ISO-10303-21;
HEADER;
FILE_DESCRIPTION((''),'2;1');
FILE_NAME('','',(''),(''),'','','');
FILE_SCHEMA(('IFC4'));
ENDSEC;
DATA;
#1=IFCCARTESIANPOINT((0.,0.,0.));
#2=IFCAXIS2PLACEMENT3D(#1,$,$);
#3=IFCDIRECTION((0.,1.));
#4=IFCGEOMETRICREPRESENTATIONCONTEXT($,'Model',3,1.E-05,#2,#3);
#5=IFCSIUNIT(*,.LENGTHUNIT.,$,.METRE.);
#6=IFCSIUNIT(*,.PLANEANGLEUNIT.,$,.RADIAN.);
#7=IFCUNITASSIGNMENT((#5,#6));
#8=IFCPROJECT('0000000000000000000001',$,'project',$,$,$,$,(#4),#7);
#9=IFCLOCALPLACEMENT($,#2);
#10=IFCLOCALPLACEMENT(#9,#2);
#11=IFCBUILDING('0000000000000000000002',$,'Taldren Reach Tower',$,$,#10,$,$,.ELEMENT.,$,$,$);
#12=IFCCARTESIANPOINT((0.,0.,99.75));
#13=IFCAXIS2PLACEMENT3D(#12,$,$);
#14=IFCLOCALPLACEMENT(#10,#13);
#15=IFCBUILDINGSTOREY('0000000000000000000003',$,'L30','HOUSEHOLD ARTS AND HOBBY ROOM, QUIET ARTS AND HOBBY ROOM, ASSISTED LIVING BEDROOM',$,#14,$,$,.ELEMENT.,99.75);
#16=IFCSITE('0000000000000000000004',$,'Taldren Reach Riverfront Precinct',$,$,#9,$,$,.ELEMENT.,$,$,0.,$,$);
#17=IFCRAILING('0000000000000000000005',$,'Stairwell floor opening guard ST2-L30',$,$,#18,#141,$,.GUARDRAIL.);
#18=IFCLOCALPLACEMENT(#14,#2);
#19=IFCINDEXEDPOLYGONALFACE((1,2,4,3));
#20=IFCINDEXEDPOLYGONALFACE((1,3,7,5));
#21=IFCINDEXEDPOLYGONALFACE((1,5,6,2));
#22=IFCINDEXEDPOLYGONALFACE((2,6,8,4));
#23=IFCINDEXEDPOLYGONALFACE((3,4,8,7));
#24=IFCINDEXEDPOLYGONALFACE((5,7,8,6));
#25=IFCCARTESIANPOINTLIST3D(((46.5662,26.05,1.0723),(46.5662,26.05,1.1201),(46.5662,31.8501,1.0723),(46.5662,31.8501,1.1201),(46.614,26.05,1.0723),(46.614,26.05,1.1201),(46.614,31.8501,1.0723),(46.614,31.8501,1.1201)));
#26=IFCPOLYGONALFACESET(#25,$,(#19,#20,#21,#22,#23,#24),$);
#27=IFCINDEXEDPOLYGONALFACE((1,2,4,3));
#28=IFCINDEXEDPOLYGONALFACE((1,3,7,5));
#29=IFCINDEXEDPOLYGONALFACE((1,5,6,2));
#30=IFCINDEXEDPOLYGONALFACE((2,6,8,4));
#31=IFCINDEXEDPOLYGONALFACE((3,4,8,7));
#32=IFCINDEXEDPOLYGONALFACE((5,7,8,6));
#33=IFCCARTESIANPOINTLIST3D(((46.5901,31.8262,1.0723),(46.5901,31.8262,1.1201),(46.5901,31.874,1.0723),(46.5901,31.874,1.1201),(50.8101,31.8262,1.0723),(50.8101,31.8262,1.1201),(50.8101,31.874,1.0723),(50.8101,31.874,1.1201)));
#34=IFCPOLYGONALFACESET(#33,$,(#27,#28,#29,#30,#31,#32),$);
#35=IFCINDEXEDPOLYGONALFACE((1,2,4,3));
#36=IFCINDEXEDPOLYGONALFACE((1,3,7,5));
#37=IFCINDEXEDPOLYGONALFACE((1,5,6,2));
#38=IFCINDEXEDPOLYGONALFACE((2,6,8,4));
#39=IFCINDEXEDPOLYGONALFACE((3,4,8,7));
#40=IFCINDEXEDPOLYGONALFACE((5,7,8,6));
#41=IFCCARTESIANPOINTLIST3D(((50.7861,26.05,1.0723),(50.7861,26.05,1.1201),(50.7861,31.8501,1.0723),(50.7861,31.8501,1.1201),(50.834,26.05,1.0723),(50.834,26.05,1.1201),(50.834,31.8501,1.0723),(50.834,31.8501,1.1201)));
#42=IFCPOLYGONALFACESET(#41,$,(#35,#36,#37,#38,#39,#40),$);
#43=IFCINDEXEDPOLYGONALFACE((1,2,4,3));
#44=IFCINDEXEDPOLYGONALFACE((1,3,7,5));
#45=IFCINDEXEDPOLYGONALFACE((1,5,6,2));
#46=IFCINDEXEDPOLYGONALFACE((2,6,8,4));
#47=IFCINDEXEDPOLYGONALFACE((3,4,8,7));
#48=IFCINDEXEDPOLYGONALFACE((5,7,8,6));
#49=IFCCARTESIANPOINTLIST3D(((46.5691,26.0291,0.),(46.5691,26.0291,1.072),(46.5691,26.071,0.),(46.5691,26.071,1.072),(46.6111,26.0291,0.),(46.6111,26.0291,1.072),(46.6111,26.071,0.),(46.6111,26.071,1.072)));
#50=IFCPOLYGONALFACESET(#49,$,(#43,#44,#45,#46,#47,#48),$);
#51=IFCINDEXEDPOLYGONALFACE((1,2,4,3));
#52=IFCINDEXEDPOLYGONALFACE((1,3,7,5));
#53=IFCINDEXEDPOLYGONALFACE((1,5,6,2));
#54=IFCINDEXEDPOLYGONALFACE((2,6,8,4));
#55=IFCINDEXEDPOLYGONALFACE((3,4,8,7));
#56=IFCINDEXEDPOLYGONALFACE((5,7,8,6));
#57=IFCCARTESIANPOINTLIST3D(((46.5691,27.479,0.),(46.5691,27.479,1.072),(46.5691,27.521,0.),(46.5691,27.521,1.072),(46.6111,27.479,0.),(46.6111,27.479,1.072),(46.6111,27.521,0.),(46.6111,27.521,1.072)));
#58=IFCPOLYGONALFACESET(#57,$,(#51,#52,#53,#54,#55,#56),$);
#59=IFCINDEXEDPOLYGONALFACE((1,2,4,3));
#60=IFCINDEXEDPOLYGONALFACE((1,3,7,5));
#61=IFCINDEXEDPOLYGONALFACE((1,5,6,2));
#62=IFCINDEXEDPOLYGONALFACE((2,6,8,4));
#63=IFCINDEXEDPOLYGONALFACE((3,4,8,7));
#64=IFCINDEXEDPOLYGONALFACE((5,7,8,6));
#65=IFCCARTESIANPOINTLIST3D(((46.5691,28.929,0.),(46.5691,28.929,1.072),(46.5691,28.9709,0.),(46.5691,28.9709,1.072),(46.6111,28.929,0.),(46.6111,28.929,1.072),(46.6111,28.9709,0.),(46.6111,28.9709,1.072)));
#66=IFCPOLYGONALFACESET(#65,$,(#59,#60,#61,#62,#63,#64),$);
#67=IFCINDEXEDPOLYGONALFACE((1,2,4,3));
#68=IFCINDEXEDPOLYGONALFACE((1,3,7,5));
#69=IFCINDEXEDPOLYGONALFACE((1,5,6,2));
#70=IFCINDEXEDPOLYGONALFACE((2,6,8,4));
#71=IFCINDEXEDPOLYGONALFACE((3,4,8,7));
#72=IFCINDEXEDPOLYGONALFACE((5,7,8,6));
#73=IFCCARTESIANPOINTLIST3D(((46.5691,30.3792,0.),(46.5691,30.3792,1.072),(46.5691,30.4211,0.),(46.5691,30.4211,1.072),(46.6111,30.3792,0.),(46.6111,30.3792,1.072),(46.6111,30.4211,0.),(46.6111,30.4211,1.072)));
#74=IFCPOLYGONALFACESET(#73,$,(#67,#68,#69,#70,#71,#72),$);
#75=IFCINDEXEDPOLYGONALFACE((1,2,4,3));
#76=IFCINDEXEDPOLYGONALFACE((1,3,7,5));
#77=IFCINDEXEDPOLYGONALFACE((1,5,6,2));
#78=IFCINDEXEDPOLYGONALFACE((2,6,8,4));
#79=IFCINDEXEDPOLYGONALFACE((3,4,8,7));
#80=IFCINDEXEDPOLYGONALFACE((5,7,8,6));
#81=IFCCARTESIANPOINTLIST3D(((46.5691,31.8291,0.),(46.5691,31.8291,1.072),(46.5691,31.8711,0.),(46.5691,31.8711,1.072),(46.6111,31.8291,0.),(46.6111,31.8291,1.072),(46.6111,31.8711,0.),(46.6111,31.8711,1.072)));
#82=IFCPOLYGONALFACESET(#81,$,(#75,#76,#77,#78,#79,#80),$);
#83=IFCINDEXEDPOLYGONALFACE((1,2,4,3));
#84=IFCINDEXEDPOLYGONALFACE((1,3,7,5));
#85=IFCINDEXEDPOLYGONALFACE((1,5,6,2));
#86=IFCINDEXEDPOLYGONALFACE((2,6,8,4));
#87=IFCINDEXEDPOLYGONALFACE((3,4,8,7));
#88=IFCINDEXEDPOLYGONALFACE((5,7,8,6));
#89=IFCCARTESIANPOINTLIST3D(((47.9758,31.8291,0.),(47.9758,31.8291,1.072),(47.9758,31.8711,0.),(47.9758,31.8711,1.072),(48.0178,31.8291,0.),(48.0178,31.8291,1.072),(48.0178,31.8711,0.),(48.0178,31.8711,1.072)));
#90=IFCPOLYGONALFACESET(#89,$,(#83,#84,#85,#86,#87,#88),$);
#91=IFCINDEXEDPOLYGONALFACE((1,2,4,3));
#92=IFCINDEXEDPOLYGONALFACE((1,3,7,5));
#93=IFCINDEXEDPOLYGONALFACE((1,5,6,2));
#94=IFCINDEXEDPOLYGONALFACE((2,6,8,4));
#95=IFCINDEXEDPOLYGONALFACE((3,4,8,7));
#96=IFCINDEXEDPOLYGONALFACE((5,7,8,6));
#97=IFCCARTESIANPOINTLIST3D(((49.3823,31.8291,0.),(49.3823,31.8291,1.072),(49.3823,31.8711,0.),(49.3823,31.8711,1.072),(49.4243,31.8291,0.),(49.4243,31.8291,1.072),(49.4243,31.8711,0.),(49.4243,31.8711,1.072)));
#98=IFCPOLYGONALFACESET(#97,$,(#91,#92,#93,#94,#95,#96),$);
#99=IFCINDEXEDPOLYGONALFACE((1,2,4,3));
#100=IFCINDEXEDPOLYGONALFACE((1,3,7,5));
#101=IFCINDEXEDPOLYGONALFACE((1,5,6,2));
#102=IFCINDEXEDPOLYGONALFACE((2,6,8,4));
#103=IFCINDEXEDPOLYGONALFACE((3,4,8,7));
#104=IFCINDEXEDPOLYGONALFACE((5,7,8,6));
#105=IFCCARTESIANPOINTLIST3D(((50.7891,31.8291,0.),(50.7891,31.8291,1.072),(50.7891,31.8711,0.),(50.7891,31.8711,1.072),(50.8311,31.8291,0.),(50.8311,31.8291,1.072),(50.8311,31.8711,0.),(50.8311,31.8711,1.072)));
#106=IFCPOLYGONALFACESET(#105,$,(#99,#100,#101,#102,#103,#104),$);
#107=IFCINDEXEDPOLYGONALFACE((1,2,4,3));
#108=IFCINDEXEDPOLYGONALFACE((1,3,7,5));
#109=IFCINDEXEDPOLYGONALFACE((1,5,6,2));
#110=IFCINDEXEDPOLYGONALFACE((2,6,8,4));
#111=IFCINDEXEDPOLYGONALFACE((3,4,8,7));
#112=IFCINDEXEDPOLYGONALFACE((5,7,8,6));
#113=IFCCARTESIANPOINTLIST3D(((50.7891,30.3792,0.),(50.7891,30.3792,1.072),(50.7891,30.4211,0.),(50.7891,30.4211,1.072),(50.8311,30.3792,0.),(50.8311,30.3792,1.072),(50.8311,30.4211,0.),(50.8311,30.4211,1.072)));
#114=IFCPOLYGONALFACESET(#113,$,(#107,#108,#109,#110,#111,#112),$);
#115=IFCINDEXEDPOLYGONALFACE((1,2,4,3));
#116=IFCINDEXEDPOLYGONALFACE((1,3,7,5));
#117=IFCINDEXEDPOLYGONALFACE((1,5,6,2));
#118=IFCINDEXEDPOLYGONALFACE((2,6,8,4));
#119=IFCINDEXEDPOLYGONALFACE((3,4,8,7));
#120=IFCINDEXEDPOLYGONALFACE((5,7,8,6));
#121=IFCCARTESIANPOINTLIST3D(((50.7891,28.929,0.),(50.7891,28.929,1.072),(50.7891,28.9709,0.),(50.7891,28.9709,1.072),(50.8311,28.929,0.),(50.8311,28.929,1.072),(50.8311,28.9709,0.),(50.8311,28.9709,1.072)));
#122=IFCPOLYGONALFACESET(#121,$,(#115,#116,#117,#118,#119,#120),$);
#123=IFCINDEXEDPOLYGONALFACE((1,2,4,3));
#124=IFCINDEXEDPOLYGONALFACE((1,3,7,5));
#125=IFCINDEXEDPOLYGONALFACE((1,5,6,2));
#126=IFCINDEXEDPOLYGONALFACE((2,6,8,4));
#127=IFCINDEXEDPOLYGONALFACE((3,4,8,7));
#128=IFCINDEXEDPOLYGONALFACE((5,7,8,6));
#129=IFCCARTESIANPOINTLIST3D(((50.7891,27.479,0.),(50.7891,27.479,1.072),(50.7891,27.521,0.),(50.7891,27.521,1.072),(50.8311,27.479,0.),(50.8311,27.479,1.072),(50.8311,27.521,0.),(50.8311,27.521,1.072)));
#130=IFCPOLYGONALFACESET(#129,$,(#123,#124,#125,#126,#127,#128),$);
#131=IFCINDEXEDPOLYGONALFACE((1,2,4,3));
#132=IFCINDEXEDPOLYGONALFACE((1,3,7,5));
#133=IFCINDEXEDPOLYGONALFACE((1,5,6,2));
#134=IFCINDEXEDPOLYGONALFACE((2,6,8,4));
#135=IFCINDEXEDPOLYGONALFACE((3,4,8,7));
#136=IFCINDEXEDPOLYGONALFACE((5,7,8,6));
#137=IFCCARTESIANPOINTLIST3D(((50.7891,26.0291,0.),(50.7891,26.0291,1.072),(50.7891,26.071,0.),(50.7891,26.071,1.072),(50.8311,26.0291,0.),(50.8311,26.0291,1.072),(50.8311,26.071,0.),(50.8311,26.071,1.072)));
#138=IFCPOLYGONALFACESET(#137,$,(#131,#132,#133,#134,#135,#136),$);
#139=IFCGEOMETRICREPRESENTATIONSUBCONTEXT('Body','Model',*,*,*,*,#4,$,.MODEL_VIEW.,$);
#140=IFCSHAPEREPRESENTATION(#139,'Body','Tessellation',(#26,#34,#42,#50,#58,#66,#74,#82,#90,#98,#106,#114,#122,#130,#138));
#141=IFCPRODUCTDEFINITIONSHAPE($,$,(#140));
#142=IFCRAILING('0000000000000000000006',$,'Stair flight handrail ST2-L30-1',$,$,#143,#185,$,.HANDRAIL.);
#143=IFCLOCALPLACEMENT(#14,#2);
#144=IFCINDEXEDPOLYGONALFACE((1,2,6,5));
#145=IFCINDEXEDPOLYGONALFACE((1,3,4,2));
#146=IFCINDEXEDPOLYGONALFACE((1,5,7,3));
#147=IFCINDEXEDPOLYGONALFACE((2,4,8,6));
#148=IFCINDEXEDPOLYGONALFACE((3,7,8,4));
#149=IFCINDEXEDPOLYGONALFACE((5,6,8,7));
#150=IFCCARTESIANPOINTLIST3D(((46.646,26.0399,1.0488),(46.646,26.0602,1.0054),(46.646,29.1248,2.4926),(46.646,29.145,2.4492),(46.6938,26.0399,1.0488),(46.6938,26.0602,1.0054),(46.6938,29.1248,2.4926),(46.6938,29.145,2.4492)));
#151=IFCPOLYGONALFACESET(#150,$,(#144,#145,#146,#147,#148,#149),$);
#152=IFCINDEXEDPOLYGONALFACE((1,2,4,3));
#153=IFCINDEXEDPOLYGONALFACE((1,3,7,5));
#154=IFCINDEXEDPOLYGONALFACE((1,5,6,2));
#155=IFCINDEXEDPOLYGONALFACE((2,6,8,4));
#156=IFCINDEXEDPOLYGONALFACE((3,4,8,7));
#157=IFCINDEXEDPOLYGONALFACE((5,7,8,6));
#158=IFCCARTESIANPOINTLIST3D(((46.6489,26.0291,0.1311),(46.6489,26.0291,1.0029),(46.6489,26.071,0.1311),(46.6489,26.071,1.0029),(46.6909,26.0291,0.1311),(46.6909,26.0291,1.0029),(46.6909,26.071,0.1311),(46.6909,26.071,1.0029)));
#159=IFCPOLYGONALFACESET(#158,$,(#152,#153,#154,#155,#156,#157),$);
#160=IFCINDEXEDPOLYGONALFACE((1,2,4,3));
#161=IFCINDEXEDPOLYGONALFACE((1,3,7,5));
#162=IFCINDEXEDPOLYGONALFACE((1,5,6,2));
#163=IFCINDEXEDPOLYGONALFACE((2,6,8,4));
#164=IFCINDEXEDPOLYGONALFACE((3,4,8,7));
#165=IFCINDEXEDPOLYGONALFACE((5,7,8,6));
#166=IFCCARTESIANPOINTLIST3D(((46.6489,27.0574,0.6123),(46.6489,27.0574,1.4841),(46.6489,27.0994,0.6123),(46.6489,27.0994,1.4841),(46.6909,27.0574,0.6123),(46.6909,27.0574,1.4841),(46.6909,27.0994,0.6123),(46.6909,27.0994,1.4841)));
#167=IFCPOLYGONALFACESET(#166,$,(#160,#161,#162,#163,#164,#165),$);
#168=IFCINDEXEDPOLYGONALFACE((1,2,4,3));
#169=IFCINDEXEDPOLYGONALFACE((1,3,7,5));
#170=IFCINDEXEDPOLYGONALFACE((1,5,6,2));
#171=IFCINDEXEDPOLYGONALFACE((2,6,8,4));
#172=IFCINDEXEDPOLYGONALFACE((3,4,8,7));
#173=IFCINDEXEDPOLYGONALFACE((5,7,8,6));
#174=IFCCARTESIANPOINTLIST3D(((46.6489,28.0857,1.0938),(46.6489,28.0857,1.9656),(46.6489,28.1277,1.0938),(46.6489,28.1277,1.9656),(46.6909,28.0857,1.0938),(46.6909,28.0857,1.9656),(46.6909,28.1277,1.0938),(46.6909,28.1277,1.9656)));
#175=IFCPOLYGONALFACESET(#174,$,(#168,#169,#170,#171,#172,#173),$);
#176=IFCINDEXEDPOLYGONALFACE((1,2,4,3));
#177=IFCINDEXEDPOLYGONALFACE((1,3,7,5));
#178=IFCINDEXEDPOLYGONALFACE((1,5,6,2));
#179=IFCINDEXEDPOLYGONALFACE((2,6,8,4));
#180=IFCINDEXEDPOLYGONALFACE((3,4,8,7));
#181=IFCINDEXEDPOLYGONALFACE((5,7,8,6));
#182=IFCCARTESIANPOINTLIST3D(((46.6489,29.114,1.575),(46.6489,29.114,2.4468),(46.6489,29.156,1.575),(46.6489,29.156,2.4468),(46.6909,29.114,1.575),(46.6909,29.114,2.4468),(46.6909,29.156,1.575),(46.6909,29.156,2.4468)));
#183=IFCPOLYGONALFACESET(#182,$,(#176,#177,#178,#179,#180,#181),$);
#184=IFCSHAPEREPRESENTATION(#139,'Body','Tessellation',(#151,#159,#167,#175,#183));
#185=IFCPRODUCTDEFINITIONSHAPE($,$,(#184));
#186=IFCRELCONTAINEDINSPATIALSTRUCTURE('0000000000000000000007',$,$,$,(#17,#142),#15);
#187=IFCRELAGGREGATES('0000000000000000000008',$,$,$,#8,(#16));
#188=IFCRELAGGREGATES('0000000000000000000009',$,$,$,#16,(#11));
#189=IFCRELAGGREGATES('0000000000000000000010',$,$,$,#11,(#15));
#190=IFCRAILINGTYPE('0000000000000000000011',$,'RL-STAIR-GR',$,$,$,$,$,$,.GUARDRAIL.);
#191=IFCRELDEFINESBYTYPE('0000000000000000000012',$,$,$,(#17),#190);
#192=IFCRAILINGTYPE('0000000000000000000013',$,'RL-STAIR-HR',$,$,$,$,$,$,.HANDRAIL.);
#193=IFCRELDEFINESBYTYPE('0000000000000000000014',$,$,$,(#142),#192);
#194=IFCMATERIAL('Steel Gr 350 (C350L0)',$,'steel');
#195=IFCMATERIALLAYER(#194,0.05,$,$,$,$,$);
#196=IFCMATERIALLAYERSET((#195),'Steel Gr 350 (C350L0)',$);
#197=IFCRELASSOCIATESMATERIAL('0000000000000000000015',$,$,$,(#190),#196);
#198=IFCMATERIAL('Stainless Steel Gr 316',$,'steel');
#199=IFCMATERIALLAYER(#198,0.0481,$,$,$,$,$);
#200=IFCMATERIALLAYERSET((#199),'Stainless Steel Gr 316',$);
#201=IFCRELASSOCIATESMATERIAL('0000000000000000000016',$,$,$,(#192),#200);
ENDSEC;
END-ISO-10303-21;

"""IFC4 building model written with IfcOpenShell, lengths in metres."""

from ifc_helpers import new_model, si_unit, direction, frame, origin, origin_2d, place, context, subcontext, project, spatial, rectangle, extrude, material, layer, layer_set, type_object, element, save


model = new_model("IFC4")

# Units and contexts
model_context = context("Model", 3, precision=1e-05, world=origin(), true_north=direction((0.0, 1.0)))
body_context = subcontext(model_context, "Body", "Model", "MODEL_VIEW")
ifc_project = project(units=[si_unit("LENGTHUNIT", "METRE"), si_unit("PLANEANGLEUNIT", "RADIAN")], contexts=[model_context])

# Site, building, storey
site_placement = place(None, origin())
site = spatial("IfcSite", under=ifc_project, at=site_placement, Name="Taldren Reach Riverfront Precinct", CompositionType="ELEMENT", RefElevation=0.0)
building_placement = place(site_placement, origin())
building = spatial("IfcBuilding", under=site, at=building_placement, Name="Taldren Reach Tower", CompositionType="ELEMENT")
storey_placement = place(building_placement, frame((0.0, 0.0, 99.75)))
storey = spatial("IfcBuildingStorey", under=building, at=storey_placement, Name="L30", Description="HOUSEHOLD ARTS AND HOBBY ROOM, QUIET ARTS AND HOBBY ROOM, ASSISTED LIVING BEDROOM", CompositionType="ELEMENT", Elevation=99.75)

# Shared definitions
ifc_material_1 = material(Name="Steel Gr 350 (C350L0)", Category="steel")

# Railings
ifc_layer_1 = layer(ifc_material_1, 0.05)
ifc_layer_set_1 = layer_set([ifc_layer_1], Name="Steel Gr 350 (C350L0)")
railing_type_1 = type_object("IfcRailingType", Name="RL-STAIR-GR", PredefinedType="GUARDRAIL", material=ifc_layer_set_1)
railing_1_placement = place(storey_placement, frame((46.5901, 26.05, 0.0)))
element("IfcRailing", 1, at=railing_1_placement, inside=storey, type_object=railing_type_1, Name="Stairwell floor opening guard ST2-L30", PredefinedType="GUARDRAIL", context=body_context, shape_type="SweptSolid", body=[
    extrude(rectangle(XDim=0.0479, YDim=0.0479, at=origin_2d()), frame((0.0, 0.0, 1.0962), z_axis=(0.0, 1.0, 0.0), x_axis=(-1.0, 0.0, 0.0)), (0.0, 0.0, 1.0), 5.8),
    extrude(rectangle(XDim=0.0479, YDim=0.0479, at=origin_2d()), frame((0.0, 5.8, 1.0962), z_axis=(1.0, 0.0, 0.0), x_axis=(0.0, 1.0, 0.0)), (0.0, 0.0, 1.0), 4.22),
    extrude(rectangle(XDim=0.0479, YDim=0.0479, at=origin_2d()), frame((4.22, 5.8, 1.0962), z_axis=(0.0, -1.0, 0.0), x_axis=(1.0, 0.0, 0.0)), (0.0, 0.0, 1.0), 5.8),
    extrude(rectangle(XDim=0.042, YDim=0.042, at=origin_2d()), origin(), (0.0, 0.0, 1.0), 1.072),
    extrude(rectangle(XDim=0.042, YDim=0.042, at=origin_2d()), frame((0.0, 1.45, 0.0)), (0.0, 0.0, 1.0), 1.072),
    extrude(rectangle(XDim=0.042, YDim=0.042, at=origin_2d()), frame((0.0, 2.8999, 0.0)), (0.0, 0.0, 1.0), 1.072),
    extrude(rectangle(XDim=0.042, YDim=0.042, at=origin_2d()), frame((0.0, 4.3501, 0.0)), (0.0, 0.0, 1.0), 1.072),
    extrude(rectangle(XDim=0.042, YDim=0.042, at=origin_2d()), frame((0.0, 5.8, 0.0)), (0.0, 0.0, 1.0), 1.072),
    extrude(rectangle(XDim=0.042, YDim=0.042, at=origin_2d()), frame((1.4067, 5.8, 0.0)), (0.0, 0.0, 1.0), 1.072),
    extrude(rectangle(XDim=0.042, YDim=0.042, at=origin_2d()), frame((2.8132, 5.8, 0.0)), (0.0, 0.0, 1.0), 1.072),
    extrude(rectangle(XDim=0.042, YDim=0.042, at=origin_2d()), frame((4.22, 5.8, 0.0)), (0.0, 0.0, 1.0), 1.072),
    extrude(rectangle(XDim=0.042, YDim=0.042, at=origin_2d()), frame((4.22, 4.3501, 0.0)), (0.0, 0.0, 1.0), 1.072),
    extrude(rectangle(XDim=0.042, YDim=0.042, at=origin_2d()), frame((4.22, 2.8999, 0.0)), (0.0, 0.0, 1.0), 1.072),
    extrude(rectangle(XDim=0.042, YDim=0.042, at=origin_2d()), frame((4.22, 1.45, 0.0)), (0.0, 0.0, 1.0), 1.072),
    extrude(rectangle(XDim=0.042, YDim=0.042, at=origin_2d()), frame((4.22, 0.0, 0.0)), (0.0, 0.0, 1.0), 1.072),
])
ifc_material_2 = material(Name="Stainless Steel Gr 316", Category="steel")
ifc_layer_2 = layer(ifc_material_2, 0.0481)
ifc_layer_set_2 = layer_set([ifc_layer_2], Name="Stainless Steel Gr 316")
railing_type_2 = type_object("IfcRailingType", Name="RL-STAIR-HR", PredefinedType="HANDRAIL", material=ifc_layer_set_2)
railing_2_placement = place(storey_placement, frame((46.6699, 26.05, 0.1311)))
element("IfcRailing", 2, at=railing_2_placement, inside=storey, type_object=railing_type_2, Name="Stair flight handrail ST2-L30-1", PredefinedType="HANDRAIL", context=body_context, shape_type="SweptSolid", body=[
    extrude(rectangle(XDim=0.0479, YDim=0.0479, at=origin_2d()), frame((0.0, 0.0, 0.896), z_axis=(0.0, 0.90571, 0.423898), x_axis=(-1.0, 0.0, 0.0)), (0.0, 0.0, 1.0), 3.406),
    extrude(rectangle(XDim=0.042, YDim=0.042, at=origin_2d()), origin(), (0.0, 0.0, 1.0), 0.8718),
    extrude(rectangle(XDim=0.042, YDim=0.042, at=origin_2d()), frame((0.0, 1.0283, 0.4812)), (0.0, 0.0, 1.0), 0.8718),
    extrude(rectangle(XDim=0.042, YDim=0.042, at=origin_2d()), frame((0.0, 2.0566, 0.9626)), (0.0, 0.0, 1.0), 0.8718),
    extrude(rectangle(XDim=0.042, YDim=0.042, at=origin_2d()), frame((0.0, 3.085, 1.4438)), (0.0, 0.0, 1.0), 0.8718),
])

save(model, "model.ifc")
